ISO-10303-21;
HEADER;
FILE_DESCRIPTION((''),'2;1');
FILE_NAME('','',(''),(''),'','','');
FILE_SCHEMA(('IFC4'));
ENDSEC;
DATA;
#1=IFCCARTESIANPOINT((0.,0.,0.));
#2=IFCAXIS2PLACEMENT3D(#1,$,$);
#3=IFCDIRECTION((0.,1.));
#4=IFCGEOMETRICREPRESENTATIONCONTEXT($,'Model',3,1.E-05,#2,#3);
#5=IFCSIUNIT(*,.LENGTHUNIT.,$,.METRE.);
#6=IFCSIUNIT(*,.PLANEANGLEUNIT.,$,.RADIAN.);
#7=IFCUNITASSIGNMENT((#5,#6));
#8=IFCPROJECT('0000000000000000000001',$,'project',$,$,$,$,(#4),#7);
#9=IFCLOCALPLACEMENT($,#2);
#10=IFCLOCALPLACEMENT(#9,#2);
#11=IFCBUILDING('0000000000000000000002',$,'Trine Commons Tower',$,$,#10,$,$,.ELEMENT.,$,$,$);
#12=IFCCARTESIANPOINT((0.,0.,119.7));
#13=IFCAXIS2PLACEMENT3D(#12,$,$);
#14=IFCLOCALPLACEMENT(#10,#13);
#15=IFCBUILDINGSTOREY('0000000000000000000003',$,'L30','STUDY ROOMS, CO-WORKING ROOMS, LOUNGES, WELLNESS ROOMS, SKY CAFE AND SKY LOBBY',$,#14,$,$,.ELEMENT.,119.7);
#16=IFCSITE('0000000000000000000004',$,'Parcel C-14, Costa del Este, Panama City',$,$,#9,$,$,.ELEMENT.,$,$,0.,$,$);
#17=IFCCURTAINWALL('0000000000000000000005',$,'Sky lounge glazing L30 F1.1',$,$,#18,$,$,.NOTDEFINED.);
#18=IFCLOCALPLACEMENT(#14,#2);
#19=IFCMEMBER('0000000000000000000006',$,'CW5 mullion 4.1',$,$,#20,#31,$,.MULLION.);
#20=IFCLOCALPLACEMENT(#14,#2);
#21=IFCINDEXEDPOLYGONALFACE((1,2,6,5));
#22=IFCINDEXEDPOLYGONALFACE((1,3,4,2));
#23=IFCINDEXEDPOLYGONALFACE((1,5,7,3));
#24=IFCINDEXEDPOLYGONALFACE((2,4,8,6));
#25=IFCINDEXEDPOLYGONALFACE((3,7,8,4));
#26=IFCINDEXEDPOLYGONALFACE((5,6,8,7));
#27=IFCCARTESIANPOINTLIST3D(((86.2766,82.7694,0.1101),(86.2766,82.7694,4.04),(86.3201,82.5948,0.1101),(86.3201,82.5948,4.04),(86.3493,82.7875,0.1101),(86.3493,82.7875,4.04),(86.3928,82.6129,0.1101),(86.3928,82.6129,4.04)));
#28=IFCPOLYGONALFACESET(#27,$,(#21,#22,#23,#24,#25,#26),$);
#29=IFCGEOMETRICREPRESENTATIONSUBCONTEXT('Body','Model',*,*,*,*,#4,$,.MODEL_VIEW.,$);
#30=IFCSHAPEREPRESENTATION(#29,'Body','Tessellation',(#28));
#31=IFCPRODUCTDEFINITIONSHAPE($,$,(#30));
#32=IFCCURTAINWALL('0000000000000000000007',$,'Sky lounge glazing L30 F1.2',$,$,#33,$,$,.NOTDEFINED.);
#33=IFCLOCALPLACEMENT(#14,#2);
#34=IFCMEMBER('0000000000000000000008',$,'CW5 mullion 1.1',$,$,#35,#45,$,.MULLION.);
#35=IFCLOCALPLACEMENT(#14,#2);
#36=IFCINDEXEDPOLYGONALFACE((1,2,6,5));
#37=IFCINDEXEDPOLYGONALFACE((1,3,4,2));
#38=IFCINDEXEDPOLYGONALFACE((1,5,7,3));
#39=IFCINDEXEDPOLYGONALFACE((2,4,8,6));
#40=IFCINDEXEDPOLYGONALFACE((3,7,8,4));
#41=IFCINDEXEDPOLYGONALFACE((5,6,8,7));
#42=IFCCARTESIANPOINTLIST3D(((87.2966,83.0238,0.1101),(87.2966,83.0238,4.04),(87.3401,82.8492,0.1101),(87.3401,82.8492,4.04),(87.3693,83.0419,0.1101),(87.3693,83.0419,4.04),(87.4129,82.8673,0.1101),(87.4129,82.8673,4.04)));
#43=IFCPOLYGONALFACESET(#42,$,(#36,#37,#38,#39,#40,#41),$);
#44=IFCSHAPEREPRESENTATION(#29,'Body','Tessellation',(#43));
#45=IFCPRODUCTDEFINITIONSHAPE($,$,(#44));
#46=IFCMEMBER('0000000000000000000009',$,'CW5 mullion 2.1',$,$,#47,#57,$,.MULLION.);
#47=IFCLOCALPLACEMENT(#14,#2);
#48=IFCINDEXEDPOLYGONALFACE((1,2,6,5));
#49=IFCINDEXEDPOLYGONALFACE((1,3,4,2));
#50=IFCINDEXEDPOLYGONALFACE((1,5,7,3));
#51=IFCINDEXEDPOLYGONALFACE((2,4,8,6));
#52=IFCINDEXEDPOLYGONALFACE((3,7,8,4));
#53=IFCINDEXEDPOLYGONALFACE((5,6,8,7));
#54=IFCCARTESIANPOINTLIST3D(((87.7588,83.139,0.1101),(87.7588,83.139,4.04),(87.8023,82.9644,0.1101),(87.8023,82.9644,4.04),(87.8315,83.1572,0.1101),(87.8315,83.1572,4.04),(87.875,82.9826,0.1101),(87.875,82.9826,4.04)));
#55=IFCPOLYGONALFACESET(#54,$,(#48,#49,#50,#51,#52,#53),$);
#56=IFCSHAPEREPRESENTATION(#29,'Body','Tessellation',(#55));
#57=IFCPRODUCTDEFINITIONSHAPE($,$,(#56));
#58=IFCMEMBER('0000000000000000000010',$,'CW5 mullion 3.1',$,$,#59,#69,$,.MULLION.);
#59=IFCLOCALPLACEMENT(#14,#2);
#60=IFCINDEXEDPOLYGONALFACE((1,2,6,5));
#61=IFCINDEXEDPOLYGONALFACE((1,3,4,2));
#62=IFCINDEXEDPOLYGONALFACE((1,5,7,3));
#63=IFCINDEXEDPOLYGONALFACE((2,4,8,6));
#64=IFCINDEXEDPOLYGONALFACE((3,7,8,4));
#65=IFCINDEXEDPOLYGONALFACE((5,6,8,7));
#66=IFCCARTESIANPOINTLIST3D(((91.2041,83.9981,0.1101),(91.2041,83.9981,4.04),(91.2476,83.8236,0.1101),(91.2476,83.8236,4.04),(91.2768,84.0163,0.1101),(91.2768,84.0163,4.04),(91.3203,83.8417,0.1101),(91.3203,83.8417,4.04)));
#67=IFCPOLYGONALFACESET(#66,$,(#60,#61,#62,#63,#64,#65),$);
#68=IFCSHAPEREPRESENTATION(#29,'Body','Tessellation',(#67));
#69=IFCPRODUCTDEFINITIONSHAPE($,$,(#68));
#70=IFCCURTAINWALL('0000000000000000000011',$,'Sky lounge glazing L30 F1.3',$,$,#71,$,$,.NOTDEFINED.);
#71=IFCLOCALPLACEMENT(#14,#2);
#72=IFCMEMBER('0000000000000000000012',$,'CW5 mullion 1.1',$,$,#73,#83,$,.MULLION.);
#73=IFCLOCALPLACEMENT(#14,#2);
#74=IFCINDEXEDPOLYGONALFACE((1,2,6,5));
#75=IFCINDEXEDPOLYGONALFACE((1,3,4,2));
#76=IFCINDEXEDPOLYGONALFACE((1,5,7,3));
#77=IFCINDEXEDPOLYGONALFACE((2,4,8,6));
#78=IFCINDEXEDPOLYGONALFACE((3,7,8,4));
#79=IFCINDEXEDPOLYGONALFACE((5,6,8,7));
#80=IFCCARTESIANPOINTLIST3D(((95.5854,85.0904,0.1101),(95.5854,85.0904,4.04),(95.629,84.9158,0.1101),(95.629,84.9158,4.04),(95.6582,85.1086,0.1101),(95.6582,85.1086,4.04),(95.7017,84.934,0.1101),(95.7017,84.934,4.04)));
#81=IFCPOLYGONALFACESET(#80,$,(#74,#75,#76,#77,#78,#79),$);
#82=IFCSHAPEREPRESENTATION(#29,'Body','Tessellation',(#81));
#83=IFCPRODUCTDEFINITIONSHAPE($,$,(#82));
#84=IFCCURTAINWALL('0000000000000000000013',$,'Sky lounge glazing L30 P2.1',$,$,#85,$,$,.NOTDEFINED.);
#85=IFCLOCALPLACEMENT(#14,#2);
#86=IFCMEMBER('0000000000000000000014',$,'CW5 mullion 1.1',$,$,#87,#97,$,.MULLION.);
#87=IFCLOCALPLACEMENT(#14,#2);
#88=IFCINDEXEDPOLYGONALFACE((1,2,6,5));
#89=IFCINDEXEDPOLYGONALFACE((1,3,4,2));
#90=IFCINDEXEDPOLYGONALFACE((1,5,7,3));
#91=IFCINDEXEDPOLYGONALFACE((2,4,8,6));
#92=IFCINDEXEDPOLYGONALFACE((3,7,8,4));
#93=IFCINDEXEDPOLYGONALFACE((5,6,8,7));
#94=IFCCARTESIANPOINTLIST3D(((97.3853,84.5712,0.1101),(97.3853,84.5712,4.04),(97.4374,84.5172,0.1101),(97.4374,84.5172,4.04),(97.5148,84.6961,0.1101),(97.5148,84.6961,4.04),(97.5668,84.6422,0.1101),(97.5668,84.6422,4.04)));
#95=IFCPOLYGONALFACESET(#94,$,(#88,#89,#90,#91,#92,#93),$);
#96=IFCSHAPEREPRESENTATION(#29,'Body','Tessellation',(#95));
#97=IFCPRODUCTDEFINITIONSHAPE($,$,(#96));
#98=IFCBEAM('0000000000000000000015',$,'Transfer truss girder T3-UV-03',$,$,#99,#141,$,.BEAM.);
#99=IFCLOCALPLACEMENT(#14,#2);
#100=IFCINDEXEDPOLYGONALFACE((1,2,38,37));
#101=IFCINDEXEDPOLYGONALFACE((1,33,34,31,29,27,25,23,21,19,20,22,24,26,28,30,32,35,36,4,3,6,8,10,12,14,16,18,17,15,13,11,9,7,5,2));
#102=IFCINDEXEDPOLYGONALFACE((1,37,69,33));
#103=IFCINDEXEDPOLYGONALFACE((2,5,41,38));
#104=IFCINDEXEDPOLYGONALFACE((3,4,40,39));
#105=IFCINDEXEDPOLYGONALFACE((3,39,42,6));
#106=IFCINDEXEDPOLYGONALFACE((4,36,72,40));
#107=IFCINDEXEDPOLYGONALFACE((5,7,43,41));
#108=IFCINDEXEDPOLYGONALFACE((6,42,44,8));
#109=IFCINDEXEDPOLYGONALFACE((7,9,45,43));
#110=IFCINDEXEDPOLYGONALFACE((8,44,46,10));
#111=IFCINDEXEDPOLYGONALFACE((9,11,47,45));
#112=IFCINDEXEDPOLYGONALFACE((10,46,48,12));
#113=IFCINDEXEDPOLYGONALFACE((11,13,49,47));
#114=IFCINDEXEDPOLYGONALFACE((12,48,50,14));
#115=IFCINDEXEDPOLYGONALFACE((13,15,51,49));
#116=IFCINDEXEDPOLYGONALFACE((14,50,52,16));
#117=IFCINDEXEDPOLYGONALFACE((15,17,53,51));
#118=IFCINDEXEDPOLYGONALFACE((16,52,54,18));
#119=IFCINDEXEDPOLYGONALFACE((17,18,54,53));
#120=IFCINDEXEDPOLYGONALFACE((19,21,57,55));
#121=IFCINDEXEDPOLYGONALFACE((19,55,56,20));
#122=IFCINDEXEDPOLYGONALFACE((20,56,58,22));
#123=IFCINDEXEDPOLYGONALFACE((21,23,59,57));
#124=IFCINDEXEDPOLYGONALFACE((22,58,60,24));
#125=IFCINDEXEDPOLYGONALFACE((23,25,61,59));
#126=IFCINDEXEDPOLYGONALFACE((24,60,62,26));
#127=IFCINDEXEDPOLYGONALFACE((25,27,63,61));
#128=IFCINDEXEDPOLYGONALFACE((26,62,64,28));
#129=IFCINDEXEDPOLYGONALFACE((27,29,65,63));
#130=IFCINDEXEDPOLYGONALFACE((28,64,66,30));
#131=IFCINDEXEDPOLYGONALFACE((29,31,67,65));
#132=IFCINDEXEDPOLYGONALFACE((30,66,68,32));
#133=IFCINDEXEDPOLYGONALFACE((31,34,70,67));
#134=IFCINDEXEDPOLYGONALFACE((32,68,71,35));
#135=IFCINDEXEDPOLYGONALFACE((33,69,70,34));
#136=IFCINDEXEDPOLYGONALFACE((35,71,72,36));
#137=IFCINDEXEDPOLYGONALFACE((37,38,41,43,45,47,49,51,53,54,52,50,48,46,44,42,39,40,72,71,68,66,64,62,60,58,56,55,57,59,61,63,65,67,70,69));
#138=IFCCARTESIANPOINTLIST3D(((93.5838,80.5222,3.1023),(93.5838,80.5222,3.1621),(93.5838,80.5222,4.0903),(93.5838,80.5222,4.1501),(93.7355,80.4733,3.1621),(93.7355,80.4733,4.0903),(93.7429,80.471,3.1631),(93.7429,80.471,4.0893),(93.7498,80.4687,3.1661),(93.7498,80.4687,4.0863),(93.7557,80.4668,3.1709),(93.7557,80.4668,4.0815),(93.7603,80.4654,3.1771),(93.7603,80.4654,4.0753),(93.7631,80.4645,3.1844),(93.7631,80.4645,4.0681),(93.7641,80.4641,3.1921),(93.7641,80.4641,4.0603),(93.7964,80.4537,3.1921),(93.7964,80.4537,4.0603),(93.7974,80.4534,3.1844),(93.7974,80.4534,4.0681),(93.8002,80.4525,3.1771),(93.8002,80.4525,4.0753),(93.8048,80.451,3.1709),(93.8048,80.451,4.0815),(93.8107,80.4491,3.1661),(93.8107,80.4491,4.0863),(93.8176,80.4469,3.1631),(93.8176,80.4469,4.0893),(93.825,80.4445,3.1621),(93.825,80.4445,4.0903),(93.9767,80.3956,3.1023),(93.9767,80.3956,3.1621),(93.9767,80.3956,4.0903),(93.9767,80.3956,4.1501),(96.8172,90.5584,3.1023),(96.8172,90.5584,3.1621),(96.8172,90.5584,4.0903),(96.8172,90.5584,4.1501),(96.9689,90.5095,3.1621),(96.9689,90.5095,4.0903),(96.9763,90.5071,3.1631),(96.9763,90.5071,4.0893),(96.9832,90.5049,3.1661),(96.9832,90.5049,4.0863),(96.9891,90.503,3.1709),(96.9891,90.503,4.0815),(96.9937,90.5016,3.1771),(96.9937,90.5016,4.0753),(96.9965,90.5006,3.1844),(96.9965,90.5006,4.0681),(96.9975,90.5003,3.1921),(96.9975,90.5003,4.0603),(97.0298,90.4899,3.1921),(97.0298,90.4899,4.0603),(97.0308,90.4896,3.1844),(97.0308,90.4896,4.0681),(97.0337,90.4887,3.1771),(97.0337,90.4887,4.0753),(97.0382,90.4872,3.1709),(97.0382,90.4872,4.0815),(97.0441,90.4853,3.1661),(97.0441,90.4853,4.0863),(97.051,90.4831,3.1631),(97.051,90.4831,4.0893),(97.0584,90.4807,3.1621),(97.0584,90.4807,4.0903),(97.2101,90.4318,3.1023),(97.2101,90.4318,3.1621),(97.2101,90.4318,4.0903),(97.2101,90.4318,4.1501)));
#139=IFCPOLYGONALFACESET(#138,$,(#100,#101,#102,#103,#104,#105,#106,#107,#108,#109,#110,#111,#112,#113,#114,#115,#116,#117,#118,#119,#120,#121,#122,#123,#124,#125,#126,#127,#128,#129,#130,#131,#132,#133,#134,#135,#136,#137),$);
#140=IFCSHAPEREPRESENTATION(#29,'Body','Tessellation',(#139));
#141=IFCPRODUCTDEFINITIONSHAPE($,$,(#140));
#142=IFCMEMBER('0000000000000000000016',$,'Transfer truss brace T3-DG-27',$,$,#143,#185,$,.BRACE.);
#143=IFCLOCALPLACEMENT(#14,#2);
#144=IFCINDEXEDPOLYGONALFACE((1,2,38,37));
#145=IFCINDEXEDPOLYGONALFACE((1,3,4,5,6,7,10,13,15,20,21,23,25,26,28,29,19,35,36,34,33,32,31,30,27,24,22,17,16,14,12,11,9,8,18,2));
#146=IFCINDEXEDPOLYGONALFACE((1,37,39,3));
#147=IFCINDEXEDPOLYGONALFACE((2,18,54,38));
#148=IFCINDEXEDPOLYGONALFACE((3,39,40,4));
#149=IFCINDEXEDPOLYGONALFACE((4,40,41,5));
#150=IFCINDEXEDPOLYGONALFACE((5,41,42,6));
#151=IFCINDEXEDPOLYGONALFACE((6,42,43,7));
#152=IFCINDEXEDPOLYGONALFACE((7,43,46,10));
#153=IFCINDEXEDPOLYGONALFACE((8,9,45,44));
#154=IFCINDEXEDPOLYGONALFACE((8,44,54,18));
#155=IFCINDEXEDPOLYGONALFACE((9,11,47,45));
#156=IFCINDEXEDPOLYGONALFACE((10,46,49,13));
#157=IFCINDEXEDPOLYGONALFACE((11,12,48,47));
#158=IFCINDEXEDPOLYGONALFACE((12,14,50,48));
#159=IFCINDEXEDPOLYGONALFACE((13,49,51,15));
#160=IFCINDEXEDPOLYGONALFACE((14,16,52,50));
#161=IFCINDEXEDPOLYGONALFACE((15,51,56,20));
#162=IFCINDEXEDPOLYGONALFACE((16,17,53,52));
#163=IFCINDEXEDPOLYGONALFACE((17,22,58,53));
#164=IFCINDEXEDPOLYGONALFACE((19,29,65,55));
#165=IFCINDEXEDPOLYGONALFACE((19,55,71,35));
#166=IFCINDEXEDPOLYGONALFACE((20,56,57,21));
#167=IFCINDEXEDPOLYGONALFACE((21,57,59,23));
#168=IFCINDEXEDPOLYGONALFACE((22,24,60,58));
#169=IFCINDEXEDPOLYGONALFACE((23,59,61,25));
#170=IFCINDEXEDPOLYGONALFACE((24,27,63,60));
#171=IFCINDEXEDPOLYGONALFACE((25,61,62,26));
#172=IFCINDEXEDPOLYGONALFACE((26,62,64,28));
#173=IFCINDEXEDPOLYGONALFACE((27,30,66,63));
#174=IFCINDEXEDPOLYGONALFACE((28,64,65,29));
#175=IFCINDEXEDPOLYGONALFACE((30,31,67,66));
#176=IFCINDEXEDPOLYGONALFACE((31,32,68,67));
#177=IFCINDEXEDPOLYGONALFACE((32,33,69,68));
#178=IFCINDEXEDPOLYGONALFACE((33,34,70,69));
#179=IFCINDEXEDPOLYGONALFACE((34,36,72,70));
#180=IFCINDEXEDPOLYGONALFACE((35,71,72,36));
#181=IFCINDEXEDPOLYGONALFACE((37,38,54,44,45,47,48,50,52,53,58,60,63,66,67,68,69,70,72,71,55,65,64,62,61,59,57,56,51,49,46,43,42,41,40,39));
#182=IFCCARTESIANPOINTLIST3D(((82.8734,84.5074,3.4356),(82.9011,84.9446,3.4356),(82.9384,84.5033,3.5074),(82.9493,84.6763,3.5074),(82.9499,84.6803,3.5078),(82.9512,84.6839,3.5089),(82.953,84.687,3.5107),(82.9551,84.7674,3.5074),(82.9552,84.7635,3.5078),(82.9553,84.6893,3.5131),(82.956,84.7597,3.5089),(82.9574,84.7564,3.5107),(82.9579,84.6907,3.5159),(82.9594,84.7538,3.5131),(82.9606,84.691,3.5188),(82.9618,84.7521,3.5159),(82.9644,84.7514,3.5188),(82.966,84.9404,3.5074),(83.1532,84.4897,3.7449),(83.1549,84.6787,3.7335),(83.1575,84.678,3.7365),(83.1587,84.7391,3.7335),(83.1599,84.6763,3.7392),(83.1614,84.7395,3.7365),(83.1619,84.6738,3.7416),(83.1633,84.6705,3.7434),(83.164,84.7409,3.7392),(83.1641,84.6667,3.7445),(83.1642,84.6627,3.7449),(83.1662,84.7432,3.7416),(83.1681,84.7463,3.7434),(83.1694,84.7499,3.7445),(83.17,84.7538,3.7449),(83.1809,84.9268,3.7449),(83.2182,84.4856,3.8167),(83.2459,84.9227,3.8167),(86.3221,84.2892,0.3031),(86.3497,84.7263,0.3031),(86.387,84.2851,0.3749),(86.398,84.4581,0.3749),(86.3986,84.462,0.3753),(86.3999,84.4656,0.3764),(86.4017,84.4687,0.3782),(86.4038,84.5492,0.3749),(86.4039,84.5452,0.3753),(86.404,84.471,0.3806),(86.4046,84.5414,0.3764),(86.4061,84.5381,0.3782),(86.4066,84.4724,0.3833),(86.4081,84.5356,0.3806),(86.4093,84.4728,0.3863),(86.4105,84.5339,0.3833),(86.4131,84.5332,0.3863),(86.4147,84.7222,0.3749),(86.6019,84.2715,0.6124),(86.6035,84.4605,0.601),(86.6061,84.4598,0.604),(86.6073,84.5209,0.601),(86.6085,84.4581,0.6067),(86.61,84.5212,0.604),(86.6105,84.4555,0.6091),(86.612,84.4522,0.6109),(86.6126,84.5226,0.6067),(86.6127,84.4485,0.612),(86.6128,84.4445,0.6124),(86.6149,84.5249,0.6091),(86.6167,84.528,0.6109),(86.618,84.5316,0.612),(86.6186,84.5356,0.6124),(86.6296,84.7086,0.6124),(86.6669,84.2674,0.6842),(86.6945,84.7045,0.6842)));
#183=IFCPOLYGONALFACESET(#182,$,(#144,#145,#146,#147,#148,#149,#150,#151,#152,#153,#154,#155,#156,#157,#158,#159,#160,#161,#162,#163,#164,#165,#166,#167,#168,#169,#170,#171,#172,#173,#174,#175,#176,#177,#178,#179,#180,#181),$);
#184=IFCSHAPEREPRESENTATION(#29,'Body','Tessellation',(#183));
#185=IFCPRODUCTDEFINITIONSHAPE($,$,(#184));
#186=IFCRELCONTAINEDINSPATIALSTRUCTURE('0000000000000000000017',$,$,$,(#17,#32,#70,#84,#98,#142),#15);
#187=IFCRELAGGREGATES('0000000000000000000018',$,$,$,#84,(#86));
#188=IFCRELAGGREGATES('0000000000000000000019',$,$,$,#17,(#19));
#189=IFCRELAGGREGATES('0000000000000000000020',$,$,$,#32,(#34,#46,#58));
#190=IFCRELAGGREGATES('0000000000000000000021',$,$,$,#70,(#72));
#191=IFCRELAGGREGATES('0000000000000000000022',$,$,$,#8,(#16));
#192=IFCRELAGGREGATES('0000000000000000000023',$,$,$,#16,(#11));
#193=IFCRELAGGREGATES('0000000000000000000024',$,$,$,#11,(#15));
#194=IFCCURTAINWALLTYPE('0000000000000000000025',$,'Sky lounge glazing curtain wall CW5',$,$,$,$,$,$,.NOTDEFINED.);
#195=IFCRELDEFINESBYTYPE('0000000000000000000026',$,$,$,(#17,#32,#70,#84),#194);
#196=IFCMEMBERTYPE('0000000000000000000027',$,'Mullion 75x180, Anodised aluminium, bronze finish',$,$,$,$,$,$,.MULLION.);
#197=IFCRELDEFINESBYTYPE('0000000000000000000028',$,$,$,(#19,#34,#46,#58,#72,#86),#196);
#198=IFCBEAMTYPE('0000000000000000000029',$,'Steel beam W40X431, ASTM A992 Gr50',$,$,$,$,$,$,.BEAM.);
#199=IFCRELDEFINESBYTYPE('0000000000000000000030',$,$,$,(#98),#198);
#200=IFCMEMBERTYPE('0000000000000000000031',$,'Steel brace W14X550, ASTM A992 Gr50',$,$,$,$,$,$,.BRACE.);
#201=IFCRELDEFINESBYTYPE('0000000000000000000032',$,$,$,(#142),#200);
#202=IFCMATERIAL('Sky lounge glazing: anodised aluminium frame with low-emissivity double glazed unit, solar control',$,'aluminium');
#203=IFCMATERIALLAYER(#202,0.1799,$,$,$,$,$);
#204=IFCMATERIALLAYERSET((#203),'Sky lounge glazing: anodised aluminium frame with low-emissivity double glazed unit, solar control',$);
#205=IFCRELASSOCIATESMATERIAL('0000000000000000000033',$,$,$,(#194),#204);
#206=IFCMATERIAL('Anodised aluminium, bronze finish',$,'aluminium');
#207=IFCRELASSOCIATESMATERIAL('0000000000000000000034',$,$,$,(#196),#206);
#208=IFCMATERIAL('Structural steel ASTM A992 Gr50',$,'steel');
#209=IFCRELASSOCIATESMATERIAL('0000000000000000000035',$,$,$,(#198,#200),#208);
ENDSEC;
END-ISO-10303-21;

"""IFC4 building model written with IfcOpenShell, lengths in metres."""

from ifc_helpers import new_model, si_unit, direction, frame, origin, origin_2d, place, context, subcontext, project, spatial, rectangle, i_section, extrude, material, layer, layer_set, material_profile, profile_set, type_object, element, aggregate, save


model = new_model("IFC4")

# Units and contexts
model_context = context("Model", 3, precision=1e-05, world=origin(), true_north=direction((0.0, 1.0)))
body_context = subcontext(model_context, "Body", "Model", "MODEL_VIEW")
ifc_project = project(units=[si_unit("LENGTHUNIT", "METRE"), si_unit("PLANEANGLEUNIT", "RADIAN")], contexts=[model_context])

# Site, building, storey
site_placement = place(None, origin())
site = spatial("IfcSite", under=ifc_project, at=site_placement, Name="Parcel C-14, Costa del Este, Panama City", CompositionType="ELEMENT", RefElevation=0.0)
building_placement = place(site_placement, origin())
building = spatial("IfcBuilding", under=site, at=building_placement, Name="Trine Commons Tower", CompositionType="ELEMENT")
storey_placement = place(building_placement, frame((0.0, 0.0, 119.7)))
storey = spatial("IfcBuildingStorey", under=building, at=storey_placement, Name="L30", Description="STUDY ROOMS, CO-WORKING ROOMS, LOUNGES, WELLNESS ROOMS, SKY CAFE AND SKY LOBBY", CompositionType="ELEMENT", Elevation=119.7)

# Curtain wall, member
ifc_material_1 = material(Name="Sky lounge glazing: anodised aluminium frame with low-emissivity double glazed unit, solar control", Category="aluminium")
ifc_layer_1 = layer(ifc_material_1, 0.1799)
ifc_layer_set_1 = layer_set([ifc_layer_1], Name="Sky lounge glazing: anodised aluminium frame with low-emissivity double glazed unit, solar control")
curtain_wall_type = type_object("IfcCurtainWallType", Name="Sky lounge glazing curtain wall CW5", PredefinedType="NOTDEFINED", material=ifc_layer_set_1)
curtain_wall_1_placement = place(storey_placement, origin())
curtain_wall_1 = element("IfcCurtainWall", 1, at=curtain_wall_1_placement, inside=storey, type_object=curtain_wall_type, Name="Sky lounge glazing L30 F1.1", PredefinedType="NOTDEFINED")
ifc_material_2 = material(Name="Anodised aluminium, bronze finish", Category="aluminium")
ifc_material_profile_1 = material_profile(ifc_material_2, rectangle(XDim=0.1799, YDim=0.075, at=origin_2d()), Name="Mullion 75x180")
ifc_profile_set_1 = profile_set([ifc_material_profile_1], Name="Anodised aluminium, bronze finish")
member_type_1 = type_object("IfcMemberType", Name="Mullion 75x180, Anodised aluminium, bronze finish", PredefinedType="MULLION", material=ifc_profile_set_1)
member_1_placement = place(storey_placement, frame((86.3347, 82.6912, 0.1101), z_axis=(0.0, 0.0, 1.0), x_axis=(-0.241922, 0.970296, 0.0)))
member_1 = element("IfcMember", 2, at=member_1_placement, type_object=member_type_1, Name="CW5 mullion 4.1", PredefinedType="MULLION", context=body_context, shape_type="SweptSolid", body=[
    extrude(rectangle(XDim=0.1799, YDim=0.075, at=origin_2d()), origin(), (0.0, 0.0, 1.0), 3.9299),
])

# Curtain wall, members
curtain_wall_2_placement = place(storey_placement, origin())
curtain_wall_2 = element("IfcCurtainWall", 3, at=curtain_wall_2_placement, inside=storey, type_object=curtain_wall_type, Name="Sky lounge glazing L30 F1.2", PredefinedType="NOTDEFINED")
member_2_placement = place(storey_placement, frame((87.3547, 82.9456, 0.1101), z_axis=(0.0, 0.0, 1.0), x_axis=(-0.241922, 0.970296, 0.0)))
member_2 = element("IfcMember", 4, at=member_2_placement, type_object=member_type_1, Name="CW5 mullion 1.1", PredefinedType="MULLION", context=body_context, shape_type="SweptSolid", body=[
    extrude(rectangle(XDim=0.1799, YDim=0.075, at=origin_2d()), origin(), (0.0, 0.0, 1.0), 3.9299),
])
member_3_placement = place(storey_placement, frame((87.8169, 83.0608, 0.1101), z_axis=(0.0, 0.0, 1.0), x_axis=(-0.241922, 0.970296, 0.0)))
member_3 = element("IfcMember", 5, at=member_3_placement, type_object=member_type_1, Name="CW5 mullion 2.1", PredefinedType="MULLION", context=body_context, shape_type="SweptSolid", body=[
    extrude(rectangle(XDim=0.1799, YDim=0.075, at=origin_2d()), origin(), (0.0, 0.0, 1.0), 3.9299),
])
member_4_placement = place(storey_placement, frame((91.2622, 83.9199, 0.1101), z_axis=(0.0, 0.0, 1.0), x_axis=(-0.241922, 0.970296, 0.0)))
member_4 = element("IfcMember", 6, at=member_4_placement, type_object=member_type_1, Name="CW5 mullion 3.1", PredefinedType="MULLION", context=body_context, shape_type="SweptSolid", body=[
    extrude(rectangle(XDim=0.1799, YDim=0.075, at=origin_2d()), origin(), (0.0, 0.0, 1.0), 3.9299),
])

# Curtain walls, members
curtain_wall_3_placement = place(storey_placement, origin())
curtain_wall_3 = element("IfcCurtainWall", 7, at=curtain_wall_3_placement, inside=storey, type_object=curtain_wall_type, Name="Sky lounge glazing L30 F1.3", PredefinedType="NOTDEFINED")
member_5_placement = place(storey_placement, frame((95.6436, 85.0122, 0.1101), z_axis=(0.0, 0.0, 1.0), x_axis=(-0.241922, 0.970296, 0.0)))
member_5 = element("IfcMember", 8, at=member_5_placement, type_object=member_type_1, Name="CW5 mullion 1.1", PredefinedType="MULLION", context=body_context, shape_type="SweptSolid", body=[
    extrude(rectangle(XDim=0.1799, YDim=0.075, at=origin_2d()), origin(), (0.0, 0.0, 1.0), 3.9299),
])
curtain_wall_4_placement = place(storey_placement, origin())
curtain_wall_4 = element("IfcCurtainWall", 9, at=curtain_wall_4_placement, inside=storey, type_object=curtain_wall_type, Name="Sky lounge glazing L30 P2.1", PredefinedType="NOTDEFINED")
member_6_placement = place(storey_placement, frame((97.4761, 84.6067, 0.1101), z_axis=(0.0, 0.0, 1.0), x_axis=(0.71934, 0.694658, 0.0)))
member_6 = element("IfcMember", 10, at=member_6_placement, type_object=member_type_1, Name="CW5 mullion 1.1", PredefinedType="MULLION", context=body_context, shape_type="SweptSolid", body=[
    extrude(rectangle(XDim=0.1799, YDim=0.075, at=origin_2d()), origin(), (0.0, 0.0, 1.0), 3.9299),
])

# Beam
ifc_material_3 = material(Name="Structural steel ASTM A992 Gr50", Category="steel")
ifc_material_profile_2 = material_profile(ifc_material_3, i_section(OverallWidth=0.4128, OverallDepth=1.0479, WebThickness=0.0339, FlangeThickness=0.0598, FilletRadius=0.03, at=origin_2d()), Name="W40X431")
ifc_profile_set_2 = profile_set([ifc_material_profile_2], Name="Structural steel ASTM A992 Gr50")
beam_type = type_object("IfcBeamType", Name="Steel beam W40X431, ASTM A992 Gr50", PredefinedType="BEAM", material=ifc_profile_set_2)
beam_placement = place(storey_placement, frame((97.0137, 90.4951, 3.6262), z_axis=(-0.306654, -0.951821, 0.0), x_axis=(0.951821, -0.306654, 0.0)))
element("IfcBeam", 11, at=beam_placement, inside=storey, type_object=beam_type, Name="Transfer truss girder T3-UV-03", PredefinedType="BEAM", context=body_context, shape_type="SweptSolid", body=[
    extrude(i_section(OverallWidth=0.4128, OverallDepth=1.0479, WebThickness=0.0339, FlangeThickness=0.0598, FilletRadius=0.03, at=origin_2d()), origin(), (0.0, 0.0, 1.0), 10.5442),
])

# Member
ifc_material_profile_3 = material_profile(ifc_material_3, i_section(OverallWidth=0.438, OverallDepth=0.5144, WebThickness=0.0605, FlangeThickness=0.0969, FilletRadius=0.0154, at=origin_2d()), Name="W14X550")
ifc_profile_set_3 = profile_set([ifc_material_profile_3], Name="Structural steel ASTM A992 Gr50")
member_type_2 = type_object("IfcMemberType", Name="Steel brace W14X550, ASTM A992 Gr50", PredefinedType="BRACE", material=ifc_profile_set_3)
member_7_placement = place(storey_placement, frame((86.5083, 84.4968, 0.4937), z_axis=(-0.739411, 0.046796, 0.671626), x_axis=(-0.063161, -0.998003, 0.0)))
element("IfcMember", 12, at=member_7_placement, inside=storey, type_object=member_type_2, Name="Transfer truss brace T3-DG-27", PredefinedType="BRACE", context=body_context, shape_type="SweptSolid", body=[
    extrude(i_section(OverallWidth=0.438, OverallDepth=0.5144, WebThickness=0.0605, FlangeThickness=0.0969, FilletRadius=0.0154, at=origin_2d()), origin(), (0.0, 0.0, 1.0), 4.6641),
])

aggregate(curtain_wall_4, [member_6])

aggregate(curtain_wall_1, [member_1])
aggregate(curtain_wall_2, [member_2, member_3, member_4])
aggregate(curtain_wall_3, [member_5])

save(model, "model.ifc")
